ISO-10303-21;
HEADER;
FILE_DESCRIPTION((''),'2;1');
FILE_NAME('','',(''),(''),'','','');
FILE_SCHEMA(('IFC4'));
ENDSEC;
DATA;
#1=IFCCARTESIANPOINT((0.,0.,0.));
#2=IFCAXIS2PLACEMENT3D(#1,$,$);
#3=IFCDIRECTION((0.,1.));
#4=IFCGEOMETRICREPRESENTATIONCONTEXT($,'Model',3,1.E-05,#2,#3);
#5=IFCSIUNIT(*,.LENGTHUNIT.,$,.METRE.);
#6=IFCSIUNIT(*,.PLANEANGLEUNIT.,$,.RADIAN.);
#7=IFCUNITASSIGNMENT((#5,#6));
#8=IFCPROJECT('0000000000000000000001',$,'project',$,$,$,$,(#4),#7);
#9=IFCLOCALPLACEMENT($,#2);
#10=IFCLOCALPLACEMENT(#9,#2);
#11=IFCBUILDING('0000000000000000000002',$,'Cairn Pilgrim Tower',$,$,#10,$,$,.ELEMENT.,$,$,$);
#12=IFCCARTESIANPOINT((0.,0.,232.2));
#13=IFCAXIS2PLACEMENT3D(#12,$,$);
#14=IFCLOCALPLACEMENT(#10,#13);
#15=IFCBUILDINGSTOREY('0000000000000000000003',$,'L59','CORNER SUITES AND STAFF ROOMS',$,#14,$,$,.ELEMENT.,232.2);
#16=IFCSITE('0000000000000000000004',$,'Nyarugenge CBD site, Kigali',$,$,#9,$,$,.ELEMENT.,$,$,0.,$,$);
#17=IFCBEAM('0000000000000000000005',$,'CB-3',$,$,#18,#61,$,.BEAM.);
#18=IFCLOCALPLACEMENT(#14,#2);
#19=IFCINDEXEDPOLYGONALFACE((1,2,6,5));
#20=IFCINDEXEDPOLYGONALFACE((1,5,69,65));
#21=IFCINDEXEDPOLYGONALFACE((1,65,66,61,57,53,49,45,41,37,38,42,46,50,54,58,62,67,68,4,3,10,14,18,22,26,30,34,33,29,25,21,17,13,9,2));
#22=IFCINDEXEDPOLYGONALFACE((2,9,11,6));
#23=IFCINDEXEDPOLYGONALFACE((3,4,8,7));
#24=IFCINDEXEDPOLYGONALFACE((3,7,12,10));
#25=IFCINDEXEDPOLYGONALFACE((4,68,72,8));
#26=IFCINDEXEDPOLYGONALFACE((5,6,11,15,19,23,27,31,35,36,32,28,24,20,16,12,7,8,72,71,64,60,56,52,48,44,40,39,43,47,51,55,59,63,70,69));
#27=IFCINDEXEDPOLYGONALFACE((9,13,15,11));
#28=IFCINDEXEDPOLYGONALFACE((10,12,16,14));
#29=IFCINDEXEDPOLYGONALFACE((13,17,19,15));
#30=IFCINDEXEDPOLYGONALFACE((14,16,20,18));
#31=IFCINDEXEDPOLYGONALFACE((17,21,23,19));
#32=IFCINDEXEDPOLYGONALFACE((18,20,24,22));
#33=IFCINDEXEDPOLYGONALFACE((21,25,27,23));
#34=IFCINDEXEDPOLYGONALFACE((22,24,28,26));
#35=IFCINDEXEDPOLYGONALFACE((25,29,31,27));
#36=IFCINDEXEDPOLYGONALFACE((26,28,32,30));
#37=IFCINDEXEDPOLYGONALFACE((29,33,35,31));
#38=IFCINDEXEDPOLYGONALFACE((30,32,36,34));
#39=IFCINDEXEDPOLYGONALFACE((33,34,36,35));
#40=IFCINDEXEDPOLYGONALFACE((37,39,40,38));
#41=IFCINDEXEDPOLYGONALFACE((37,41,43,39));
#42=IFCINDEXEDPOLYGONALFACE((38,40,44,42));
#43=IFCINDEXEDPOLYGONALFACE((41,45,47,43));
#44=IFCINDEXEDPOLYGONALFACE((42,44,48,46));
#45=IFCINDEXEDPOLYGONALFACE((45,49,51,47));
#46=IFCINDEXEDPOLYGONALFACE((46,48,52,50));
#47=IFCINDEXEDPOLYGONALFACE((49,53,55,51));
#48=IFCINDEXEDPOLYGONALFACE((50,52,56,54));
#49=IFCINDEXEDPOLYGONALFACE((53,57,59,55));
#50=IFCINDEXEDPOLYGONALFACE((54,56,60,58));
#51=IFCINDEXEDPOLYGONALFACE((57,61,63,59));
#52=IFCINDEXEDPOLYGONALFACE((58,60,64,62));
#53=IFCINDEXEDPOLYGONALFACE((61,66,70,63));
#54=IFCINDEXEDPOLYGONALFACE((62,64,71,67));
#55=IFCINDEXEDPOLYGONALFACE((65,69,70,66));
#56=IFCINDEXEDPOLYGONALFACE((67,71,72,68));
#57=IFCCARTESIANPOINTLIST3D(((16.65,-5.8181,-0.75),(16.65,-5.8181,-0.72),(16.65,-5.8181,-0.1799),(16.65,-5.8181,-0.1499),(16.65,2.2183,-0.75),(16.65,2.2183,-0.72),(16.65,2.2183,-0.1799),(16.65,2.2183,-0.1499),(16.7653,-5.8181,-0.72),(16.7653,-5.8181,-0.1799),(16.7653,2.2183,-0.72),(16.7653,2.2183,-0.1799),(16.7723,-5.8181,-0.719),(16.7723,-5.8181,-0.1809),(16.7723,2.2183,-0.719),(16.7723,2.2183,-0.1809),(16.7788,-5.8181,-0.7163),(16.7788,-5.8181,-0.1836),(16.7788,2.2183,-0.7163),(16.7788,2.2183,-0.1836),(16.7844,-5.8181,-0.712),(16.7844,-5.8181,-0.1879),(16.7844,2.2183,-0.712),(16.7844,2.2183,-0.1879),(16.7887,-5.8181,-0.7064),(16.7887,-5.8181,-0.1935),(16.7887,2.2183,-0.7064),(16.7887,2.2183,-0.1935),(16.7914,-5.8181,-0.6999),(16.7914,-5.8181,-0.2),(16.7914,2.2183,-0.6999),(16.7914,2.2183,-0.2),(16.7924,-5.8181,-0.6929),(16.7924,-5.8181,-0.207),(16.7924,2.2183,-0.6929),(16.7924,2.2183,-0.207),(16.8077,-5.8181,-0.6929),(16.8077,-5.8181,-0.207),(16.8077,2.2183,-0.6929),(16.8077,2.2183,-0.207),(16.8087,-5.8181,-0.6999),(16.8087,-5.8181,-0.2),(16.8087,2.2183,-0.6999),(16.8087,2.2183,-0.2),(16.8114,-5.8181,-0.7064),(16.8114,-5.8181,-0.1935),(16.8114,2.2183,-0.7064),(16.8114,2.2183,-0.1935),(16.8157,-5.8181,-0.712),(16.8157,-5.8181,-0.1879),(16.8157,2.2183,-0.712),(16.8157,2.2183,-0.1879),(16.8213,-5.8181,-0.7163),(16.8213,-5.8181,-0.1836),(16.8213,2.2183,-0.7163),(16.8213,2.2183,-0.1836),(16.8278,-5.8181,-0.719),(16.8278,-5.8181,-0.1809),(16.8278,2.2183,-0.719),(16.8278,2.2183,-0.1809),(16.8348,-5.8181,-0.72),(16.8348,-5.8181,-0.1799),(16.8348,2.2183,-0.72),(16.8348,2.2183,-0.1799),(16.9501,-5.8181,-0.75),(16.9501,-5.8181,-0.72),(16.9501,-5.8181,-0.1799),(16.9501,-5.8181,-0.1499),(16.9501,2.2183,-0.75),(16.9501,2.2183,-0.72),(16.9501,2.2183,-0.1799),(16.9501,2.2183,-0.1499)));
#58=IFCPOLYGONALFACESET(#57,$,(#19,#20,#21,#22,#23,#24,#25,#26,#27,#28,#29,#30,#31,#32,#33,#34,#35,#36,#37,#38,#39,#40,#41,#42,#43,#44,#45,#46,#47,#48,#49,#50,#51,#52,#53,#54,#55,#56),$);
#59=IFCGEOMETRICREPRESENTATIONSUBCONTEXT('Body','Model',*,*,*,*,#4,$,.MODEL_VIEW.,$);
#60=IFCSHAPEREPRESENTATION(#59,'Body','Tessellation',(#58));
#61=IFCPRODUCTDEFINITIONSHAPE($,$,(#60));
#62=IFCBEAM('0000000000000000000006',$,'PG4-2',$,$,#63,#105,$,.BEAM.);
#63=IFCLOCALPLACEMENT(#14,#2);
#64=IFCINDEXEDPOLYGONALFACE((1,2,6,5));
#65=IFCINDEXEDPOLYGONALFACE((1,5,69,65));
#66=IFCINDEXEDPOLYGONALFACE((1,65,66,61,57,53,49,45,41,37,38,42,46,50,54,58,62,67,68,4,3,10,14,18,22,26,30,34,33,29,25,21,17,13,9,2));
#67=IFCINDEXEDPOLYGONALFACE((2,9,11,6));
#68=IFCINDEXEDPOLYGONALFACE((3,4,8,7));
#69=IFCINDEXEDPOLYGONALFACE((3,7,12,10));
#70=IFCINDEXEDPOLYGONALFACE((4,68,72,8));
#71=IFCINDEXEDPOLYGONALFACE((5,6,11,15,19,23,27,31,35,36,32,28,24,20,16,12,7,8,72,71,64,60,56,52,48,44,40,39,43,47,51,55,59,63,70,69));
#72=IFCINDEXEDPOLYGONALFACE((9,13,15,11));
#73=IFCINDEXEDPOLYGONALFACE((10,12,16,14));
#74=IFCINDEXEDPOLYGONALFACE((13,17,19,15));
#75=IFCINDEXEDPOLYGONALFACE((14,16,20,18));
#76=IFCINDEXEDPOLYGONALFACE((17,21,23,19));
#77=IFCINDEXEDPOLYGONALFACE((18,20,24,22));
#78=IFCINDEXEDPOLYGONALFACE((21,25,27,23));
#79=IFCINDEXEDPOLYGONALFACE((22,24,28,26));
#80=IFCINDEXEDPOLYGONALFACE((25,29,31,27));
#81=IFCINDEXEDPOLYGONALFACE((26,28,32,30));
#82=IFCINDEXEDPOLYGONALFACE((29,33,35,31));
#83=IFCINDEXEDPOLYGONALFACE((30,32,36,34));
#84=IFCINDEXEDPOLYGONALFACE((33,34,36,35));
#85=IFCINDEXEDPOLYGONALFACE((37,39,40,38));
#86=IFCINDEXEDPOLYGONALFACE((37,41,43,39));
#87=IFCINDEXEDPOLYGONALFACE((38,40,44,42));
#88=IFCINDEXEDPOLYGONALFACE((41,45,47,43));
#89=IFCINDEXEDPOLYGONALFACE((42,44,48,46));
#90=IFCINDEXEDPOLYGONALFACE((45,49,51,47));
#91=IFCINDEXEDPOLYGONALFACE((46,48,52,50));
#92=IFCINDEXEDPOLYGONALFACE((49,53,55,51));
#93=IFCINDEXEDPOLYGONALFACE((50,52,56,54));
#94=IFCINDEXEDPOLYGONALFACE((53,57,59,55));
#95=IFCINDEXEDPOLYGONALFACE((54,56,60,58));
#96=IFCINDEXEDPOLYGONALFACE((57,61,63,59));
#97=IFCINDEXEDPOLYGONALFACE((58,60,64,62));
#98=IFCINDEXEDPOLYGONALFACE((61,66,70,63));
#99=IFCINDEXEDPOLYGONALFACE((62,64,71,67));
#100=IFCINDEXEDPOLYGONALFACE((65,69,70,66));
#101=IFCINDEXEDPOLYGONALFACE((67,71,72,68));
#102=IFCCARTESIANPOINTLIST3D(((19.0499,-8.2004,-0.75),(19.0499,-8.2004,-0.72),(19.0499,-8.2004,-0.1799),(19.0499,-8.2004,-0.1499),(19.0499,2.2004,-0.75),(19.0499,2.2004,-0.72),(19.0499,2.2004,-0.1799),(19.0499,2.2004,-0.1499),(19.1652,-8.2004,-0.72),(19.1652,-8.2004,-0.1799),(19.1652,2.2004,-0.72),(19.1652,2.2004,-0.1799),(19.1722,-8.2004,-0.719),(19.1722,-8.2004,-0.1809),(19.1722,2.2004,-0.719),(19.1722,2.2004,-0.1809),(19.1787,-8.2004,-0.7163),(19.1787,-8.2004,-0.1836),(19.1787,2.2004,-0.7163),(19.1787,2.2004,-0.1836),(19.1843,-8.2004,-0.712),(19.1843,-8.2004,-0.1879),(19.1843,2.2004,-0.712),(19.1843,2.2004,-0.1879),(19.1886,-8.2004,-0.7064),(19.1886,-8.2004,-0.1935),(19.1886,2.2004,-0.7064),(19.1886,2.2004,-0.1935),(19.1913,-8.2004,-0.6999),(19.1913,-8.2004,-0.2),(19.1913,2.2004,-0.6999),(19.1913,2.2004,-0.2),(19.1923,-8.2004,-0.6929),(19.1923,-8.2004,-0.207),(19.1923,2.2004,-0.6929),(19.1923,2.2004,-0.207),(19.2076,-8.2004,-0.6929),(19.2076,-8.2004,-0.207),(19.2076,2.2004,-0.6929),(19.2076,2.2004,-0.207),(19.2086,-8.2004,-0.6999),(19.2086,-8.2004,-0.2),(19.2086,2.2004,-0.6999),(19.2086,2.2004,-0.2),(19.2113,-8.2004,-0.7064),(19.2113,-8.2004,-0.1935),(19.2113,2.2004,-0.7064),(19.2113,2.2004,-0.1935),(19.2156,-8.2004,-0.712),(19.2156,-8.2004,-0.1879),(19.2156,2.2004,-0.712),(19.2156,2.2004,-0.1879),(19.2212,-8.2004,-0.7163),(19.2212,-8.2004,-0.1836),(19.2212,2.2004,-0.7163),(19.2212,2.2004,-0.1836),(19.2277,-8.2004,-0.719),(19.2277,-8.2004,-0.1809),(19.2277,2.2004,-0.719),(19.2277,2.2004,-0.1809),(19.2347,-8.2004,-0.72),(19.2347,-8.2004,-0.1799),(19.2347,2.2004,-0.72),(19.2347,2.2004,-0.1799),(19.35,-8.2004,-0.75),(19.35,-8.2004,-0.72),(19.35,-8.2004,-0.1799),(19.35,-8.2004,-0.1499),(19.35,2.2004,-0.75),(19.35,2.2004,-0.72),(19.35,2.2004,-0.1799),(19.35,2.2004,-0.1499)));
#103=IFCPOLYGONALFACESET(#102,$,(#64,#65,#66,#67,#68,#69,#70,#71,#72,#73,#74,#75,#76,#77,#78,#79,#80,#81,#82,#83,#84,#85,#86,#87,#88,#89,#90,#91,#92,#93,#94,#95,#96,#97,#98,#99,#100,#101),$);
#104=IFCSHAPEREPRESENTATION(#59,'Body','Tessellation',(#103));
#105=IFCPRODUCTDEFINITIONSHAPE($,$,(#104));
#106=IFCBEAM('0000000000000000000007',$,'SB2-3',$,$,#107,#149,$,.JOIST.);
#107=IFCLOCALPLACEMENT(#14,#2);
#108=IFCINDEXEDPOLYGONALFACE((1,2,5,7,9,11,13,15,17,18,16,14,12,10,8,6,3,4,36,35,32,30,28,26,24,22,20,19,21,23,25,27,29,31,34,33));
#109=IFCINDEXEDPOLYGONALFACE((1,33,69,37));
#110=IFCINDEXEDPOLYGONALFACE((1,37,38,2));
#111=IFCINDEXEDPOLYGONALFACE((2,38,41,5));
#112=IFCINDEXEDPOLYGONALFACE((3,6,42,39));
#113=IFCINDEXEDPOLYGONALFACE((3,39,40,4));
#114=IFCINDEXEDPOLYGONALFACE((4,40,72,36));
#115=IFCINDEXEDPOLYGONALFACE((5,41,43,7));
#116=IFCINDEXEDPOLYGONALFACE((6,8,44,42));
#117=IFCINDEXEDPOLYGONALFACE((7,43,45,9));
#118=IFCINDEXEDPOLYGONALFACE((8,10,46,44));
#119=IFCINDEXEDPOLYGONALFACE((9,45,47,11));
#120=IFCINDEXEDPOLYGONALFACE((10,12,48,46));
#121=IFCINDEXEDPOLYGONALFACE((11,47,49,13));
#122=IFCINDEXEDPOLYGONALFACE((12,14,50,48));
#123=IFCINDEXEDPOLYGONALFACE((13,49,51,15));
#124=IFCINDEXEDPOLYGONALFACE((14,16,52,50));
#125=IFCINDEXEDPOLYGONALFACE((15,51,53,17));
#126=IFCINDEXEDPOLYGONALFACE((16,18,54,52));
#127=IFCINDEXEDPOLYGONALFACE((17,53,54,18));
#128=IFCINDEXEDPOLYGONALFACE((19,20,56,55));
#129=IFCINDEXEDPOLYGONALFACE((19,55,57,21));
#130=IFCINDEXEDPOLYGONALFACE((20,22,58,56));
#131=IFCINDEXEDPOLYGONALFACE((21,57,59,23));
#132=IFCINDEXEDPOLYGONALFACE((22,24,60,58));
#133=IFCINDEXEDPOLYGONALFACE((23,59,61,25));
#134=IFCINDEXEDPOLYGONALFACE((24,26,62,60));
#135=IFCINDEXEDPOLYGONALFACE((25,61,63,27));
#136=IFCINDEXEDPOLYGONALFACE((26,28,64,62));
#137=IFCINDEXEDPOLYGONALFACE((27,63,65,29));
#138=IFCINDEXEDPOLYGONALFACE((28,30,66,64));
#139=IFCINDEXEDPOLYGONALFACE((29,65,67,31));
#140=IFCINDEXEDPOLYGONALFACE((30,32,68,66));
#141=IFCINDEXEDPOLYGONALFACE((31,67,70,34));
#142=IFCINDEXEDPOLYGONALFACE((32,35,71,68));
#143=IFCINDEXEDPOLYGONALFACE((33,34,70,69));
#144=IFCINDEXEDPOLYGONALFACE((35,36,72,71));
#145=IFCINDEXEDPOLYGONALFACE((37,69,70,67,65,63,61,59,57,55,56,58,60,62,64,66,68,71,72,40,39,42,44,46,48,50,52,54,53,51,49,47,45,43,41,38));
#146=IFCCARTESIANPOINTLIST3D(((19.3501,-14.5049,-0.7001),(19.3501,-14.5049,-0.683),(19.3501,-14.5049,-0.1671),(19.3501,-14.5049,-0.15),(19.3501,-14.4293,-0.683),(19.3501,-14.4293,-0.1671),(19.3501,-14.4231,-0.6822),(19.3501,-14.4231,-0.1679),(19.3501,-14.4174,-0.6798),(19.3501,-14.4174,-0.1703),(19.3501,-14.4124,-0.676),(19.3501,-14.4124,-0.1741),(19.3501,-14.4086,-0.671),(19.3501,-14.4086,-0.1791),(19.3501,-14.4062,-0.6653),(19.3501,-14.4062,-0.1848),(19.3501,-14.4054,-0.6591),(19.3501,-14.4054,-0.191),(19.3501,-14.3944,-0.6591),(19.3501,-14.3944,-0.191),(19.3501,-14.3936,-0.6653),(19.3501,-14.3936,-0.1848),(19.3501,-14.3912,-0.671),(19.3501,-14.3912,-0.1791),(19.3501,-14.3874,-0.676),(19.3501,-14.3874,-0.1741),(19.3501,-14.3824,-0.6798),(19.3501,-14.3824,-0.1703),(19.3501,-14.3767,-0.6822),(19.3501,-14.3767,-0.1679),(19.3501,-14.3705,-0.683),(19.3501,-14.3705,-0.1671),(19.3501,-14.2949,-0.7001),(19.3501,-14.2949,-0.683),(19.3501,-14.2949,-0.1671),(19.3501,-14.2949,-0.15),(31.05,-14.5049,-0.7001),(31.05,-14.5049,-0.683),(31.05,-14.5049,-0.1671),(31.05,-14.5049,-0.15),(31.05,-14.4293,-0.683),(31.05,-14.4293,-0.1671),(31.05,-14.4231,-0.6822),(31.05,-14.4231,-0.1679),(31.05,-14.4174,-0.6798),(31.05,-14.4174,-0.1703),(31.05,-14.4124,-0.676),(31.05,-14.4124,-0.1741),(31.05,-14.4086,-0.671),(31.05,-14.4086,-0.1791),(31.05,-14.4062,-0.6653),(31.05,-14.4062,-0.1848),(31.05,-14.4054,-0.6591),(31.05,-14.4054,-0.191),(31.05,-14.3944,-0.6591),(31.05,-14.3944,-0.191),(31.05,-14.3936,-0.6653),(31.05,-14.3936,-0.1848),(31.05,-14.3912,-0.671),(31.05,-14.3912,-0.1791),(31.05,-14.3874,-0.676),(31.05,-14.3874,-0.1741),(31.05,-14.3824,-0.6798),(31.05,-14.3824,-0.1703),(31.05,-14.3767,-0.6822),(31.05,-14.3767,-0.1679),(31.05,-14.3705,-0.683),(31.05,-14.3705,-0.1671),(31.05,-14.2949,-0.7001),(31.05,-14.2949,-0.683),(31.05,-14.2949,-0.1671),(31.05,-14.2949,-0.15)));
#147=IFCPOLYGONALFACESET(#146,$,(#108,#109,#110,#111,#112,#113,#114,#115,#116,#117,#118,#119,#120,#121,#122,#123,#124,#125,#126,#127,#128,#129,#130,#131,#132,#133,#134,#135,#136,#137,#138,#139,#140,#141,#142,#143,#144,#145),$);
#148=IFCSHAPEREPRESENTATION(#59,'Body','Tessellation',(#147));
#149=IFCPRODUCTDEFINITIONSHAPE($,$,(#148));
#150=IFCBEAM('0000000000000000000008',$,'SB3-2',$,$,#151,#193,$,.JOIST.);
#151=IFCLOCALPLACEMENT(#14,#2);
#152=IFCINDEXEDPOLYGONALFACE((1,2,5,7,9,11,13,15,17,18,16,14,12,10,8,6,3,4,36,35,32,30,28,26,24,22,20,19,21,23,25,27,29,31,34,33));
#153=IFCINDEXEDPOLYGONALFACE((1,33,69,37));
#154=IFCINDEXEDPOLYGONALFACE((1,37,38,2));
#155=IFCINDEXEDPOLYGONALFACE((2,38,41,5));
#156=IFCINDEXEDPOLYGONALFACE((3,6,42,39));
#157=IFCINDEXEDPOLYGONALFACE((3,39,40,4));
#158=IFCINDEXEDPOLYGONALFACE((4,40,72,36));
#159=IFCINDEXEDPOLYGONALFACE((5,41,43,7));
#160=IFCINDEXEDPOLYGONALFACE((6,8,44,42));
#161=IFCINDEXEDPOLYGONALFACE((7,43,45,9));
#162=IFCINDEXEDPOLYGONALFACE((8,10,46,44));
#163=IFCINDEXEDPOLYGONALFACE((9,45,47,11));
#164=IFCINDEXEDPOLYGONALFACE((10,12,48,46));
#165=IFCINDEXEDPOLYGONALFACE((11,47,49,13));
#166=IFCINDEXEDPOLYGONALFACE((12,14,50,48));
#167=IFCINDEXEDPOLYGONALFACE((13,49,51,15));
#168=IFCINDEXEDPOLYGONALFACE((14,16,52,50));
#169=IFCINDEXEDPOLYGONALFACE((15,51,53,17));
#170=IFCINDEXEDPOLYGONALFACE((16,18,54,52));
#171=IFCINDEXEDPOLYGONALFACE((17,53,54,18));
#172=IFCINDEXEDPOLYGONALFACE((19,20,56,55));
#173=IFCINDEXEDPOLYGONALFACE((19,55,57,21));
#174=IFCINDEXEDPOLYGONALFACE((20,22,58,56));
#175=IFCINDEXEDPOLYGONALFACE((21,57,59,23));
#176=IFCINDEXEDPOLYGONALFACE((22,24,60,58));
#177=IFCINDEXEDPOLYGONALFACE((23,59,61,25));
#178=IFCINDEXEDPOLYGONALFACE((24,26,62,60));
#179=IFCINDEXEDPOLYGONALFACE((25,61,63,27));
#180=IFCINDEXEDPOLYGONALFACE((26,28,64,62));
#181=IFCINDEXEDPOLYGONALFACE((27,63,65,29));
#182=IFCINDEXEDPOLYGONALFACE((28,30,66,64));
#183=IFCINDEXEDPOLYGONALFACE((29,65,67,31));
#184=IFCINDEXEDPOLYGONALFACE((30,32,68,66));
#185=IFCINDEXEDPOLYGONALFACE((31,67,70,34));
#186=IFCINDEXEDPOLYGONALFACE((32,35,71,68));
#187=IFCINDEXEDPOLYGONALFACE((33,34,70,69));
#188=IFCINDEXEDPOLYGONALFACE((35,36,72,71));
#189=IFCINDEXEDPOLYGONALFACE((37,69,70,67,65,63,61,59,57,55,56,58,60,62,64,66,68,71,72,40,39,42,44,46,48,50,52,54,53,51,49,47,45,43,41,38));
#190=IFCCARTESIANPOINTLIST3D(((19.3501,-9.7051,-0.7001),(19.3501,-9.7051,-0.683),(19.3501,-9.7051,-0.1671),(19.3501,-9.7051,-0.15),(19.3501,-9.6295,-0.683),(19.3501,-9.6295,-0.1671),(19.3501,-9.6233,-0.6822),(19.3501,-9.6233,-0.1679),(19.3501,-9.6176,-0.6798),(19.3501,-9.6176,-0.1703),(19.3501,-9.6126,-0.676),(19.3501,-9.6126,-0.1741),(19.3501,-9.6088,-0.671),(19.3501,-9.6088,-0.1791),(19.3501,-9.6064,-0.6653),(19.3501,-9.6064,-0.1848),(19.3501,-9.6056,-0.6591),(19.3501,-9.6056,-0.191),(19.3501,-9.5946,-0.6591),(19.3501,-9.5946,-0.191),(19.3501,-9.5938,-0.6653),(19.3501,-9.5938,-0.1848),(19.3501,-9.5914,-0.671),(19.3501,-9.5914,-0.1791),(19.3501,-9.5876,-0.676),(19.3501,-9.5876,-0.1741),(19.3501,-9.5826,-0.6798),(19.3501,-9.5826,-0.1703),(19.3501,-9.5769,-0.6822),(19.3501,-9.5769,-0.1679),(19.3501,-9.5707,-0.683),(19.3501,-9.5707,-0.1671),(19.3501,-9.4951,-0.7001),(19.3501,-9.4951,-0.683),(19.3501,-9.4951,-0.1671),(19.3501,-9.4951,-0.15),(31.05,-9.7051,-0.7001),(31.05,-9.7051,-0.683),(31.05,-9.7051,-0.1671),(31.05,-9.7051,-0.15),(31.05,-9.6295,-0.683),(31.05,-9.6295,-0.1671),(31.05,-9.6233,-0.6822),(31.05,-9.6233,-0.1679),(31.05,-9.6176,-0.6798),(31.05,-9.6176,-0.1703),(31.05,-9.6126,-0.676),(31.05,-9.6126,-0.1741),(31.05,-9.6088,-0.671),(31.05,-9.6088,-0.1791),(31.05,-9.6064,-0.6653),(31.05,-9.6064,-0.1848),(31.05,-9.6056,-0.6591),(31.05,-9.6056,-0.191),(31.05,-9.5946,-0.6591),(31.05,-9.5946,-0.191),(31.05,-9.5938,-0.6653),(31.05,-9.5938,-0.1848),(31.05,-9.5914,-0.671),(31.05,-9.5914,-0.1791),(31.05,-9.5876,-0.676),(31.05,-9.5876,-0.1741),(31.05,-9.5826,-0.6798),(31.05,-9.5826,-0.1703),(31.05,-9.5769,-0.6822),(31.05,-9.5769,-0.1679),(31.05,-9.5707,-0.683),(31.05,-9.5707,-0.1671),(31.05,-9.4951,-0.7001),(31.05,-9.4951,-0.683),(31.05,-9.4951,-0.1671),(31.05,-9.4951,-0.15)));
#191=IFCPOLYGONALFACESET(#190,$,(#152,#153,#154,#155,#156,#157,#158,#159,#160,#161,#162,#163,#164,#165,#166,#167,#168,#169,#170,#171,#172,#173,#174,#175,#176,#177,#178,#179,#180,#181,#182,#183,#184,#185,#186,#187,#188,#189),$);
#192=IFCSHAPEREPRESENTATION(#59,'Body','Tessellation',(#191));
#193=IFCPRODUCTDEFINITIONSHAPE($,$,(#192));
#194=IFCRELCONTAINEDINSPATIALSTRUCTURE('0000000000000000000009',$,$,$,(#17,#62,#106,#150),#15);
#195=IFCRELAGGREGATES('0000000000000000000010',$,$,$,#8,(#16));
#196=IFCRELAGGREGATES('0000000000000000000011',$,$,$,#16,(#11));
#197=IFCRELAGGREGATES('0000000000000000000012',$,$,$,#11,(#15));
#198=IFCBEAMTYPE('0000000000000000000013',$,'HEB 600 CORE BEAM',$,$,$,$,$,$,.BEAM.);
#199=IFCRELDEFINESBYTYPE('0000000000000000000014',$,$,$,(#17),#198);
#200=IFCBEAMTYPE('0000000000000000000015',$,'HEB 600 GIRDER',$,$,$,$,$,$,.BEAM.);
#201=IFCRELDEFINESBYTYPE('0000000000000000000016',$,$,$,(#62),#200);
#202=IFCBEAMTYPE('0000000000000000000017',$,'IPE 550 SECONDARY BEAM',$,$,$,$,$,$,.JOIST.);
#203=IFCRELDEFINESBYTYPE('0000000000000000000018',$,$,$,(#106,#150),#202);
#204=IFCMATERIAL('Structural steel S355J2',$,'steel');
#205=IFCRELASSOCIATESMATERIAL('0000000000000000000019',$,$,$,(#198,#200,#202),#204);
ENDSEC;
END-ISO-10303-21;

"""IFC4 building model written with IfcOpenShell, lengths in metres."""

from ifc_helpers import new_model, si_unit, direction, frame, origin, origin_2d, place, context, subcontext, project, spatial, i_section, extrude, material, material_profile, profile_set, type_object, element, save


model = new_model("IFC4")

# Units and contexts
model_context = context("Model", 3, precision=1e-05, world=origin(), true_north=direction((0.0, 1.0)))
body_context = subcontext(model_context, "Body", "Model", "MODEL_VIEW")
ifc_project = project(units=[si_unit("LENGTHUNIT", "METRE"), si_unit("PLANEANGLEUNIT", "RADIAN")], contexts=[model_context])

# Site, building, storey
site_placement = place(None, origin())
site = spatial("IfcSite", under=ifc_project, at=site_placement, Name="Nyarugenge CBD site, Kigali", CompositionType="ELEMENT", RefElevation=0.0)
building_placement = place(site_placement, origin())
building = spatial("IfcBuilding", under=site, at=building_placement, Name="Cairn Pilgrim Tower", CompositionType="ELEMENT")
storey_placement = place(building_placement, frame((0.0, 0.0, 232.2)))
storey = spatial("IfcBuildingStorey", under=building, at=storey_placement, Name="L59", Description="CORNER SUITES AND STAFF ROOMS", CompositionType="ELEMENT", Elevation=232.2)

# Shared definitions
ifc_material_1 = material(Name="Structural steel S355J2", Category="steel")

# Beams
ifc_material_profile_1 = material_profile(ifc_material_1, i_section(OverallWidth=0.3, OverallDepth=0.6001, WebThickness=0.0154, FlangeThickness=0.03, FilletRadius=0.0271, at=origin_2d()), Name="HEB 600")
ifc_profile_set_1 = profile_set([ifc_material_profile_1], Name="Structural steel S355J2")
beam_type_1 = type_object("IfcBeamType", Name="HEB 600 CORE BEAM", PredefinedType="BEAM", material=ifc_profile_set_1)
beam_1_placement = place(storey_placement, frame((16.8, -5.8181, -0.45), z_axis=(0.0, 1.0, 0.0), x_axis=(-1.0, 0.0, 0.0)))
element("IfcBeam", 1, at=beam_1_placement, inside=storey, type_object=beam_type_1, Name="CB-3", PredefinedType="BEAM", context=body_context, shape_type="SweptSolid", body=[
    extrude(i_section(OverallWidth=0.3, OverallDepth=0.6001, WebThickness=0.0154, FlangeThickness=0.03, FilletRadius=0.0271, at=origin_2d()), origin(), (0.0, 0.0, 1.0), 8.0364),
])
ifc_material_profile_2 = material_profile(ifc_material_1, i_section(OverallWidth=0.3, OverallDepth=0.6001, WebThickness=0.0154, FlangeThickness=0.03, FilletRadius=0.0271, at=origin_2d()), Name="HEB 600")
ifc_profile_set_2 = profile_set([ifc_material_profile_2], Name="Structural steel S355J2")
beam_type_2 = type_object("IfcBeamType", Name="HEB 600 GIRDER", PredefinedType="BEAM", material=ifc_profile_set_2)
beam_2_placement = place(storey_placement, frame((19.2, -8.2004, -0.45), z_axis=(0.0, 1.0, 0.0), x_axis=(-1.0, 0.0, 0.0)))
element("IfcBeam", 2, at=beam_2_placement, inside=storey, type_object=beam_type_2, Name="PG4-2", PredefinedType="BEAM", context=body_context, shape_type="SweptSolid", body=[
    extrude(i_section(OverallWidth=0.3, OverallDepth=0.6001, WebThickness=0.0154, FlangeThickness=0.03, FilletRadius=0.0271, at=origin_2d()), origin(), (0.0, 0.0, 1.0), 10.4009),
])
ifc_material_profile_3 = material_profile(ifc_material_1, i_section(OverallWidth=0.21, OverallDepth=0.55, WebThickness=0.011, FlangeThickness=0.0171, FilletRadius=0.0239, at=origin_2d()), Name="IPE 550")
ifc_profile_set_3 = profile_set([ifc_material_profile_3], Name="Structural steel S355J2")
beam_type_3 = type_object("IfcBeamType", Name="IPE 550 SECONDARY BEAM", PredefinedType="JOIST", material=ifc_profile_set_3)
for number, where, z_axis, x_axis, name in (
    (3, (19.3501, -14.3999, -0.425), (1.0, 0.0, 0.0), (0.0, 1.0, 0.0), "SB2-3"),
    (4, (19.3501, -9.6001, -0.425), (1.0, 0.0, 0.0), (0.0, 1.0, 0.0), "SB3-2"),
):
    element("IfcBeam", number, at=place(storey_placement, frame(where, z_axis=z_axis, x_axis=x_axis)), inside=storey, type_object=beam_type_3, Name=name, PredefinedType="JOIST", context=body_context, shape_type="SweptSolid", body=[
        extrude(i_section(OverallWidth=0.21, OverallDepth=0.55, WebThickness=0.011, FlangeThickness=0.0171, FilletRadius=0.0239, at=origin_2d()), origin(), (0.0, 0.0, 1.0), 11.7),
    ])

save(model, "model.ifc")
